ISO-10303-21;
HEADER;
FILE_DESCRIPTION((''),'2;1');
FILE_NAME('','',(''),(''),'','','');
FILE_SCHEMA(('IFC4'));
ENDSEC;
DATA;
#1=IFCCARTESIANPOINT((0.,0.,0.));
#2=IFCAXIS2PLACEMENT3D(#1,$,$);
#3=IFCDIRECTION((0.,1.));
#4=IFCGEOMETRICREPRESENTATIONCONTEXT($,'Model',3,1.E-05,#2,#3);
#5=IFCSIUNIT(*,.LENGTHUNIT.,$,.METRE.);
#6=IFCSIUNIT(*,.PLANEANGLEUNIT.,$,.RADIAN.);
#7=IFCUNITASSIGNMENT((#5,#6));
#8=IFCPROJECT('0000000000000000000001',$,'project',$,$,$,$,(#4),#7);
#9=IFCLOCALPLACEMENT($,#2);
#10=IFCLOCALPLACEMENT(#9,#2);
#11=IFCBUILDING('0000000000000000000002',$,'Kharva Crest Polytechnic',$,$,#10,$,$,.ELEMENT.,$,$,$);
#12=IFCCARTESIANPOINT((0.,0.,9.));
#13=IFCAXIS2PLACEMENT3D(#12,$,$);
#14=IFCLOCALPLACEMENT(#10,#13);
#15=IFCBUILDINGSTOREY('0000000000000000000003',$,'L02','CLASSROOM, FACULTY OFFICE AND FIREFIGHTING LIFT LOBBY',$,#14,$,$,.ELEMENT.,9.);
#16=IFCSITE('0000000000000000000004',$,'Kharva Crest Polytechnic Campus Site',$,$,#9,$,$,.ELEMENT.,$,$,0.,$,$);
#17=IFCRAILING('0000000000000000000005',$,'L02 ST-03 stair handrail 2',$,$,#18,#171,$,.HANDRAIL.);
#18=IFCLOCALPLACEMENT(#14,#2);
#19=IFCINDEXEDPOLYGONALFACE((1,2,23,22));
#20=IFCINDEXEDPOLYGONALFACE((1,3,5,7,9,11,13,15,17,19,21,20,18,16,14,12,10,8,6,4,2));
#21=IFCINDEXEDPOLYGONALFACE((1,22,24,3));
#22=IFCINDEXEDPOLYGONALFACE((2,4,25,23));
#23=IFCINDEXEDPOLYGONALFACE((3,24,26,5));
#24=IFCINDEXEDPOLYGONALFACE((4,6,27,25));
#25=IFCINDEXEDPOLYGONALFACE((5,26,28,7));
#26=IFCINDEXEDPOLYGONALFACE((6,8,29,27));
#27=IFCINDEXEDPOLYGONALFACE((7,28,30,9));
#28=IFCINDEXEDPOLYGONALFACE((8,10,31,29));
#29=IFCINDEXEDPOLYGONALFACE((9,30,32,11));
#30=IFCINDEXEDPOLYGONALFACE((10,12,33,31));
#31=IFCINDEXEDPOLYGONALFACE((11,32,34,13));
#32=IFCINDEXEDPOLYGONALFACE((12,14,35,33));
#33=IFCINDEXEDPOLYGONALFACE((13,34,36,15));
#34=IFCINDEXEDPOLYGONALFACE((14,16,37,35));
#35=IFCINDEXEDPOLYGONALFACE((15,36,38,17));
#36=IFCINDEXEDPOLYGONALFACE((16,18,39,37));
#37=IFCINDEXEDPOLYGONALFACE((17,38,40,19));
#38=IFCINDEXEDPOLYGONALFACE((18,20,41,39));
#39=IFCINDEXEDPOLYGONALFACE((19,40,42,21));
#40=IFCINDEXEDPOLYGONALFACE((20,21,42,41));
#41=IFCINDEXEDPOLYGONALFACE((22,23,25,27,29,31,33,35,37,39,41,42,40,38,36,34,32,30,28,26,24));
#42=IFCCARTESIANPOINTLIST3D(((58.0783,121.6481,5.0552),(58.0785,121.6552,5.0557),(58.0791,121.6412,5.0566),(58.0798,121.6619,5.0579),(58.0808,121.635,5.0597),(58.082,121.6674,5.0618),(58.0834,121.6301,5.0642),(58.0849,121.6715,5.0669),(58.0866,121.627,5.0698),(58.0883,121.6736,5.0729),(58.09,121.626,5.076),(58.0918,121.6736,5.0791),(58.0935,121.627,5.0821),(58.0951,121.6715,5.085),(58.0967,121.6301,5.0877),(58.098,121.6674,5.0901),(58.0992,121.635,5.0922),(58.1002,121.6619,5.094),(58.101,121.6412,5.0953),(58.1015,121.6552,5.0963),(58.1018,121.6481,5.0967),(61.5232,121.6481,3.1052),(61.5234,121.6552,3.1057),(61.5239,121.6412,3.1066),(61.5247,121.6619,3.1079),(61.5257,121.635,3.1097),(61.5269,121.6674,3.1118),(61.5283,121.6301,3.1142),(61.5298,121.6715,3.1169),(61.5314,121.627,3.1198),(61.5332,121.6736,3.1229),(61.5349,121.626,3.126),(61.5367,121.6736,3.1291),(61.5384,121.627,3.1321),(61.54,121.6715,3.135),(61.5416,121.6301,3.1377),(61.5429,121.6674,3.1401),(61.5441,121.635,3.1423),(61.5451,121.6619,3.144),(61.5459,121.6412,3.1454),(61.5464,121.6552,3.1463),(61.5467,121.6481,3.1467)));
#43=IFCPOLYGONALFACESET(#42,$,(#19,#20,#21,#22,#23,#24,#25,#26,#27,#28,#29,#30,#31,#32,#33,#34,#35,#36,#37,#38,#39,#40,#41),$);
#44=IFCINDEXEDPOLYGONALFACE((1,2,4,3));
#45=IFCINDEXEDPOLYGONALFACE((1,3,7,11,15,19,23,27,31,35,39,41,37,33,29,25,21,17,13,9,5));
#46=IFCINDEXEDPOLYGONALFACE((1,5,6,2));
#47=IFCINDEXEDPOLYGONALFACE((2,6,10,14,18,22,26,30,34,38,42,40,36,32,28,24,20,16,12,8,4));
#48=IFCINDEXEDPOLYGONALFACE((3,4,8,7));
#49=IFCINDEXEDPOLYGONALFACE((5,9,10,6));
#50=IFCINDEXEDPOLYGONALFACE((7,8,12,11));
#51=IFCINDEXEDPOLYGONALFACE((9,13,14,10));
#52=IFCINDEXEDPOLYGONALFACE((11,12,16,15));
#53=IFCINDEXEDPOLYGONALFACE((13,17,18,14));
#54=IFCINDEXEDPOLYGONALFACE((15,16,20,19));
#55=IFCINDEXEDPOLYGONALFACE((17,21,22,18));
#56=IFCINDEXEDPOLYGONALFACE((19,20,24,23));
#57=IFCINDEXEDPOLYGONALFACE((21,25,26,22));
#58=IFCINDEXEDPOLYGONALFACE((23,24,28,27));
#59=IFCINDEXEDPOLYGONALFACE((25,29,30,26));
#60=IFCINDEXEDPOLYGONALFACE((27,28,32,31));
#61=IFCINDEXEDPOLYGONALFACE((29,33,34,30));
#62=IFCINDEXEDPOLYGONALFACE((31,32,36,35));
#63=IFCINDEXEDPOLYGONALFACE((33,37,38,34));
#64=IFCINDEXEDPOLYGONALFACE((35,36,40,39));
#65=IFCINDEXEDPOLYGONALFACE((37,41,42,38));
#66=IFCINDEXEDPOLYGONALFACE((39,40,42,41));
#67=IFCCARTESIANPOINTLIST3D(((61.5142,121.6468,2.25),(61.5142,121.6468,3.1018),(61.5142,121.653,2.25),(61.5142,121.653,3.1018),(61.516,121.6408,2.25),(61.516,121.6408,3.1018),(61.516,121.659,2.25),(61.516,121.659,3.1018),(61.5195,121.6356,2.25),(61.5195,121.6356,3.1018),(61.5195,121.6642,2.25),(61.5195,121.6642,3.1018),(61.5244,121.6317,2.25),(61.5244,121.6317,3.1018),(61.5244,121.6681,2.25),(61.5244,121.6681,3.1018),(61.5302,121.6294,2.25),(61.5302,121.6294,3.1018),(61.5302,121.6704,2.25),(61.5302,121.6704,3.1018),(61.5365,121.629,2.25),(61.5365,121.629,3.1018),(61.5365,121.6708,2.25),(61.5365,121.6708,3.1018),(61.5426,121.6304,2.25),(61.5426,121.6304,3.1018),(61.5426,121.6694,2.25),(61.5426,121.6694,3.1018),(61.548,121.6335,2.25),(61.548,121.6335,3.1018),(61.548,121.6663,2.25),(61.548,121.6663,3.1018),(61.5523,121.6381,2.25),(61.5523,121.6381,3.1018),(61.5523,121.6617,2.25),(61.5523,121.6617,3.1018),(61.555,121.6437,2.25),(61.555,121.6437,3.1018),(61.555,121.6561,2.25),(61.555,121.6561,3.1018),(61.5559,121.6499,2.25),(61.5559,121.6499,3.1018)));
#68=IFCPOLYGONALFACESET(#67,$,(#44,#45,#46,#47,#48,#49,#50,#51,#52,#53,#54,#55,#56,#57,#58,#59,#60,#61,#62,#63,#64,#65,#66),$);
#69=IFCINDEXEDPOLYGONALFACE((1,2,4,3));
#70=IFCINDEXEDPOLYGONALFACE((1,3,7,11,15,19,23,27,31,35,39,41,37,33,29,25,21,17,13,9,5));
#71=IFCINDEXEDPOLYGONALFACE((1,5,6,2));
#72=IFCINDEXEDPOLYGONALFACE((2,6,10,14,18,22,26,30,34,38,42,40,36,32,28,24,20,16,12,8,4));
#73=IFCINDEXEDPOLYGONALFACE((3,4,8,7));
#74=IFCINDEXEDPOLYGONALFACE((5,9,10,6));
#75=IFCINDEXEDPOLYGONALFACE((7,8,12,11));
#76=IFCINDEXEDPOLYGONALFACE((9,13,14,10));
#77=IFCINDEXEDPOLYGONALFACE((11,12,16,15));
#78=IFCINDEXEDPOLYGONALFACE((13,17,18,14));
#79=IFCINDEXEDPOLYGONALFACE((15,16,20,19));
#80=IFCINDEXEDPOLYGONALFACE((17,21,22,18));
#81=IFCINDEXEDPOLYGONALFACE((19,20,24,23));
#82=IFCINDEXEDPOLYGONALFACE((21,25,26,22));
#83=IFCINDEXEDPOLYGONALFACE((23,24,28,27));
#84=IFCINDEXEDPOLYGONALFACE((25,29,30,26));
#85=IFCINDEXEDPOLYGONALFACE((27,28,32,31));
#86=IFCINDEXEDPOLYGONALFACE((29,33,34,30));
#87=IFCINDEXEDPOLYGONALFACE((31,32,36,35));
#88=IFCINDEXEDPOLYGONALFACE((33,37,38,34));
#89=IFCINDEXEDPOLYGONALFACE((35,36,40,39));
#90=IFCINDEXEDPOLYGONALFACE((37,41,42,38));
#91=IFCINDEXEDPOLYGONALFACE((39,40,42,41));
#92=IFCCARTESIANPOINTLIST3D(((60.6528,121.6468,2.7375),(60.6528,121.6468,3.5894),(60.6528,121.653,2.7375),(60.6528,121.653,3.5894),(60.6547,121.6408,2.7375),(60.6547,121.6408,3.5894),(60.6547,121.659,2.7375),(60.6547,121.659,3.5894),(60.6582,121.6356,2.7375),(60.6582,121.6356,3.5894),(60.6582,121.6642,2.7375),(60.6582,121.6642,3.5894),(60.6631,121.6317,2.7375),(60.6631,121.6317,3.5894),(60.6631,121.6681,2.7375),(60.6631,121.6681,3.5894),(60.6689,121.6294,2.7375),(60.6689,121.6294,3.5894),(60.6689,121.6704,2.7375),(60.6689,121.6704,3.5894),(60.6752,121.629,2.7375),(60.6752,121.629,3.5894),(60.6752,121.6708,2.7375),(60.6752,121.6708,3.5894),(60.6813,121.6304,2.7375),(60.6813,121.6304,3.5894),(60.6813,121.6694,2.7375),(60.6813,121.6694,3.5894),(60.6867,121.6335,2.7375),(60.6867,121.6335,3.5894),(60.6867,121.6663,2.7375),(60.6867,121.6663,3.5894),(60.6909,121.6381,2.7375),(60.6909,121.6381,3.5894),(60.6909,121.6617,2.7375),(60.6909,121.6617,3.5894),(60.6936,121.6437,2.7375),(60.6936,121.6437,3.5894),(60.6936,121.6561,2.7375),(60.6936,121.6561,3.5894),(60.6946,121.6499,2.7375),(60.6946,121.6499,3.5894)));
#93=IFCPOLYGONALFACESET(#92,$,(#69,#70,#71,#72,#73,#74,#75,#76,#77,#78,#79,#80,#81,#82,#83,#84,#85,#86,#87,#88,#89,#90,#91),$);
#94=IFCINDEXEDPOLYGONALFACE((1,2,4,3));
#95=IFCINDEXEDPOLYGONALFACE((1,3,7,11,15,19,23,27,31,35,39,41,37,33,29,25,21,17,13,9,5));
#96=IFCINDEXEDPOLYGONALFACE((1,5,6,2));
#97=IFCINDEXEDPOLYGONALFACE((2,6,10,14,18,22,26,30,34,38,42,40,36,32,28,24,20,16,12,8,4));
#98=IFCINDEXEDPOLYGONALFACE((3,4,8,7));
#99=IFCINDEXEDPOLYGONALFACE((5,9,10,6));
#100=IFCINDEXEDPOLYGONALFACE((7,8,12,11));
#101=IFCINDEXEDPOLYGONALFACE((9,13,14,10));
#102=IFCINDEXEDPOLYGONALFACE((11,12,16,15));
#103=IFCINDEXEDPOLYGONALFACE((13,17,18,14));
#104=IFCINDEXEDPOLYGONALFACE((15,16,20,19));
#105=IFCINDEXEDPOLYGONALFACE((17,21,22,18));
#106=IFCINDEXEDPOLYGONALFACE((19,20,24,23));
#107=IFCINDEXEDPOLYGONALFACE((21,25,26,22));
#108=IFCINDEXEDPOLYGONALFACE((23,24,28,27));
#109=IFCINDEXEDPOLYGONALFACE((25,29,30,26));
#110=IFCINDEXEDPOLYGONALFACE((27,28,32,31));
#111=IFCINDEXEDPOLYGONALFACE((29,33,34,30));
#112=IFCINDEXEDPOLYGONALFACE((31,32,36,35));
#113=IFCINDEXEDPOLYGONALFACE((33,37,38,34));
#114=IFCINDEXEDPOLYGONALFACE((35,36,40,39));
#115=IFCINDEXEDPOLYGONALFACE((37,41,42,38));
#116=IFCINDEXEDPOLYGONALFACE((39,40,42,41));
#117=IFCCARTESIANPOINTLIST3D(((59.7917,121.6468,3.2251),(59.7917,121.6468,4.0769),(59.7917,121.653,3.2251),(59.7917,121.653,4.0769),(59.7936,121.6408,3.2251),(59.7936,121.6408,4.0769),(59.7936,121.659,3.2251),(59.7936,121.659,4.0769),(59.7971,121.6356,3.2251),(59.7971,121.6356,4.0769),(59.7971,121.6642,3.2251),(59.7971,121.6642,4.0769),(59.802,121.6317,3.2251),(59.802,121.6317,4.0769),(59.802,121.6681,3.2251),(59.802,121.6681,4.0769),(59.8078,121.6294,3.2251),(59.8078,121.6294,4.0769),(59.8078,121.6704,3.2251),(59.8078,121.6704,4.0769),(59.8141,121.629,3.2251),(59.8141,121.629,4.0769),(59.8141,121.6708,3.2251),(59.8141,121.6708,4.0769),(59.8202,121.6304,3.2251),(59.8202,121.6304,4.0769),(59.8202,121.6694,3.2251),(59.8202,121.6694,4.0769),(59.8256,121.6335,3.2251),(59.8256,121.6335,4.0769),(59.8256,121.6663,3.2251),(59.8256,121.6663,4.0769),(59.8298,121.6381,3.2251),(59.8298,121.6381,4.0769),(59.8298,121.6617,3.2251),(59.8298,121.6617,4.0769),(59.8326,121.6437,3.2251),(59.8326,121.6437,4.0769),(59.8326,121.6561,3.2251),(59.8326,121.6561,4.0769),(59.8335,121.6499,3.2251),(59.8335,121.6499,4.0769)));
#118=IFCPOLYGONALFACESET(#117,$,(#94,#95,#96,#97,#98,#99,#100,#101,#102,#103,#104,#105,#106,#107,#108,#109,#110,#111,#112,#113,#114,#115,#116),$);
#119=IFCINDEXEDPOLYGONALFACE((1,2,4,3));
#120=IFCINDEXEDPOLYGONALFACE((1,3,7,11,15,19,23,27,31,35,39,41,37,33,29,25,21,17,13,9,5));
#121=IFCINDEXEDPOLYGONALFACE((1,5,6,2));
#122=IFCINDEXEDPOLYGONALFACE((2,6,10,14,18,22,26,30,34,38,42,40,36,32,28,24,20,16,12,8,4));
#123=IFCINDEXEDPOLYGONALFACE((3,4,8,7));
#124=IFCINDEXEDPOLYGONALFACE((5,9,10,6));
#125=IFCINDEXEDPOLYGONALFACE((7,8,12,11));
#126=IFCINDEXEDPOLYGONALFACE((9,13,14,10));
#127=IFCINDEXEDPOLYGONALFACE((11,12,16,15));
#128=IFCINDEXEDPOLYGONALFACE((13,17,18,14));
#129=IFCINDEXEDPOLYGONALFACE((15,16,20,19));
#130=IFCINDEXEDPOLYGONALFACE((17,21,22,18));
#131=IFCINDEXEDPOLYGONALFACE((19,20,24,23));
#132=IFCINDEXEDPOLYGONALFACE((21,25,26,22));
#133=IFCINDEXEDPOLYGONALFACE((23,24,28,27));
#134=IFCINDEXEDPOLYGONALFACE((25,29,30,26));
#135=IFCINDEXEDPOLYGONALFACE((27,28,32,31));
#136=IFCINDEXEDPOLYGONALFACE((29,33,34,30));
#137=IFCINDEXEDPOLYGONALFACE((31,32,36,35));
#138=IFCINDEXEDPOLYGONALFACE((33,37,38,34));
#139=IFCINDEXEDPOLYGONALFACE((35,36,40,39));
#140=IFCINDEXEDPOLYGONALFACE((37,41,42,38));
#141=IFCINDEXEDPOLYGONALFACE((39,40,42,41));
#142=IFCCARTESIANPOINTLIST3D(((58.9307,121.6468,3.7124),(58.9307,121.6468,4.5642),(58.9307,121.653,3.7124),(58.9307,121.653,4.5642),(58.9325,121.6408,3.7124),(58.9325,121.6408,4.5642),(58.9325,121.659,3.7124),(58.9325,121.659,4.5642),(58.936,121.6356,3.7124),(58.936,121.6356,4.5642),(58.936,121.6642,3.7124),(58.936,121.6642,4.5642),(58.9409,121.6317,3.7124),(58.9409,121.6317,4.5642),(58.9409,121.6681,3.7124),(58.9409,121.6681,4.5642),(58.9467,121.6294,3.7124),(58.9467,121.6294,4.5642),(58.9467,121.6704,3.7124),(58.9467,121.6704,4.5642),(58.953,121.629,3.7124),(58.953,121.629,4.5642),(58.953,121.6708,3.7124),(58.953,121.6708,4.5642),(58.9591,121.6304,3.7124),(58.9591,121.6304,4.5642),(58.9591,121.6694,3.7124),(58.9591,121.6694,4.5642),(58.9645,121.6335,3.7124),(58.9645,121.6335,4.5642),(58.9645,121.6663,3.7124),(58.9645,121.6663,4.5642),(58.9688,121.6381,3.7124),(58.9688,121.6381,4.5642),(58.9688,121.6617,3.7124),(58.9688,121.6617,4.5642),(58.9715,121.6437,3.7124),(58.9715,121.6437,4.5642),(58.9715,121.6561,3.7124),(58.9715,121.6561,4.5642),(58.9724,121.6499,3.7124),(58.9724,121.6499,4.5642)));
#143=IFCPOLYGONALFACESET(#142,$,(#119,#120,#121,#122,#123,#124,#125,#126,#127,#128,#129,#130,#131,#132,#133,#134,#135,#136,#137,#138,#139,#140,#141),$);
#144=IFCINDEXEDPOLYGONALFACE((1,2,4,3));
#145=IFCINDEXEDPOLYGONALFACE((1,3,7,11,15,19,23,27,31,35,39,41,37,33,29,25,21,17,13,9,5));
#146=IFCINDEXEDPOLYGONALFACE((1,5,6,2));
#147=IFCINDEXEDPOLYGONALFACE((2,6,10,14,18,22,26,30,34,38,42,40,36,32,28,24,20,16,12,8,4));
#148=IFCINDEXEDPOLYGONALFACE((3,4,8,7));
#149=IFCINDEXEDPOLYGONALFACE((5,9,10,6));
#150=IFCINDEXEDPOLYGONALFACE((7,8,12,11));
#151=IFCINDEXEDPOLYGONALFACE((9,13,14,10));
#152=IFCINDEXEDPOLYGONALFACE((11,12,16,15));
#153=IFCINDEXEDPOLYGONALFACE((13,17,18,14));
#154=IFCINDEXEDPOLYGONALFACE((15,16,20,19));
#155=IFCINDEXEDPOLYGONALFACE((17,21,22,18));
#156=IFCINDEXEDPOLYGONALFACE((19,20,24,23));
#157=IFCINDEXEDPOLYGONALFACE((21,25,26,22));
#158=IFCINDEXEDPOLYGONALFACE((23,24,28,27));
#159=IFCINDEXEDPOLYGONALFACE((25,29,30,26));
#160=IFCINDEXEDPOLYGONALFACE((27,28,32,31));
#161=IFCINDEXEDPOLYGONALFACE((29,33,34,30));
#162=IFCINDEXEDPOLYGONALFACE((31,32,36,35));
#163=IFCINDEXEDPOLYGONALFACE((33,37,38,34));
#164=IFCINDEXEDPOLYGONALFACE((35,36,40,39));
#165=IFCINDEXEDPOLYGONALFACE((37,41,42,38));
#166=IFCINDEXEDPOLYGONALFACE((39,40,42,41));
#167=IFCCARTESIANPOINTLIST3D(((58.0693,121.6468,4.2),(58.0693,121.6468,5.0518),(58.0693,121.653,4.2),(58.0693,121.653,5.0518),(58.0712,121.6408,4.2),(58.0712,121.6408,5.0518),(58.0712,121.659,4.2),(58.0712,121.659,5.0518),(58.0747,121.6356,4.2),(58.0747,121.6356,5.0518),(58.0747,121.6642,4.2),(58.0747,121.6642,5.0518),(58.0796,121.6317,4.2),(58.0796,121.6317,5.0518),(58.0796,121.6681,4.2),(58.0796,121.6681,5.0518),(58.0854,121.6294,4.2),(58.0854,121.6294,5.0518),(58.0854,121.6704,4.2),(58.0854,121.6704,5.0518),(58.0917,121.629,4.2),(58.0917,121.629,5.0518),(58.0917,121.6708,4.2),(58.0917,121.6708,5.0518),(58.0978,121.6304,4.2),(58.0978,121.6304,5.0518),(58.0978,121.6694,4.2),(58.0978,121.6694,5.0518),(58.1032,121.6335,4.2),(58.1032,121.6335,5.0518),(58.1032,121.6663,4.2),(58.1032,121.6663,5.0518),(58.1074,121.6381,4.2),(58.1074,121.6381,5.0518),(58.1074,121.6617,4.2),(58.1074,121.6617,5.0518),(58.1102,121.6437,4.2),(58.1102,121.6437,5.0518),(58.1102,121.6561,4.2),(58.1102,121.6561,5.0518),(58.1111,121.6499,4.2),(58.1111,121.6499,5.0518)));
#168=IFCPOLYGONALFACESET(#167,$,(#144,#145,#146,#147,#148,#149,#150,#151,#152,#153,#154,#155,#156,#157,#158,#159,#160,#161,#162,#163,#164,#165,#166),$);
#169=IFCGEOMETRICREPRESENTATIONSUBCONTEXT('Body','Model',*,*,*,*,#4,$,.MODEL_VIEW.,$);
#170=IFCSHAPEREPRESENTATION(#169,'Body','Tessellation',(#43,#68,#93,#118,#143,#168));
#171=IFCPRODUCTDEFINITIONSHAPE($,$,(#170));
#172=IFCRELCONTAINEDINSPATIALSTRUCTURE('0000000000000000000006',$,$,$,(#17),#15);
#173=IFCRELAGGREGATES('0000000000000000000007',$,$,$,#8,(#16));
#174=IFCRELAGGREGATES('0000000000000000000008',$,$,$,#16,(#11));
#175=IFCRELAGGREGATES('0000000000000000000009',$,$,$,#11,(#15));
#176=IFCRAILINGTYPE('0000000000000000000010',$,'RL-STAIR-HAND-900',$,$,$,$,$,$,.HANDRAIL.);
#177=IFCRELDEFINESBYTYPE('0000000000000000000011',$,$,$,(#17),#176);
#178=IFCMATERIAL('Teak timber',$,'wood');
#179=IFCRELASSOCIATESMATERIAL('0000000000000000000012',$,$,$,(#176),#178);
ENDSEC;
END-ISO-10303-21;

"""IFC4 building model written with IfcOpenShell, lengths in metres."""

from ifc_helpers import new_model, si_unit, direction, frame, origin, origin_2d, place, context, subcontext, project, spatial, circle, extrude, material, type_object, element, save


model = new_model("IFC4")

# Units and contexts
model_context = context("Model", 3, precision=1e-05, world=origin(), true_north=direction((0.0, 1.0)))
body_context = subcontext(model_context, "Body", "Model", "MODEL_VIEW")
ifc_project = project(units=[si_unit("LENGTHUNIT", "METRE"), si_unit("PLANEANGLEUNIT", "RADIAN")], contexts=[model_context])

# Site, building, storey
site_placement = place(None, origin())
site = spatial("IfcSite", under=ifc_project, at=site_placement, Name="Kharva Crest Polytechnic Campus Site", CompositionType="ELEMENT", RefElevation=0.0)
building_placement = place(site_placement, origin())
building = spatial("IfcBuilding", under=site, at=building_placement, Name="Kharva Crest Polytechnic", CompositionType="ELEMENT")
storey_placement = place(building_placement, frame((0.0, 0.0, 9.0)))
storey = spatial("IfcBuildingStorey", under=building, at=storey_placement, Name="L02", Description="CLASSROOM, FACULTY OFFICE AND FIREFIGHTING LIFT LOBBY", CompositionType="ELEMENT", Elevation=9.0)

# Railing
ifc_material_1 = material(Name="Teak timber", Category="wood")
railing_type_1 = type_object("IfcRailingType", Name="RL-STAIR-HAND-900", PredefinedType="HANDRAIL", material=ifc_material_1)
railing_1_placement = place(storey_placement, frame((61.5349, 121.6499, 2.25)))
element("IfcRailing", 1, at=railing_1_placement, inside=storey, type_object=railing_type_1, Name="L02 ST-03 stair handrail 2", PredefinedType="HANDRAIL", context=body_context, shape_type="SweptSolid", body=[
    extrude(circle(Radius=0.0239, at=origin_2d()), frame((0.0, 0.0, 0.876), z_axis=(-0.870251, 0.0, 0.492608), x_axis=(0.0, -1.0, 0.0)), (0.0, 0.0, 1.0), 3.9585),
    extrude(circle(Radius=0.021, at=origin_2d()), origin(), (0.0, 0.0, 1.0), 0.8518),
    extrude(circle(Radius=0.021, at=origin_2d()), frame((-0.8613, 0.0, 0.4875)), (0.0, 0.0, 1.0), 0.8518),
    extrude(circle(Radius=0.021, at=origin_2d()), frame((-1.7224, 0.0, 0.9751)), (0.0, 0.0, 1.0), 0.8518),
    extrude(circle(Radius=0.021, at=origin_2d()), frame((-2.5835, 0.0, 1.4624)), (0.0, 0.0, 1.0), 0.8518),
    extrude(circle(Radius=0.021, at=origin_2d()), frame((-3.4448, 0.0, 1.95)), (0.0, 0.0, 1.0), 0.8518),
])

save(model, "model.ifc")
